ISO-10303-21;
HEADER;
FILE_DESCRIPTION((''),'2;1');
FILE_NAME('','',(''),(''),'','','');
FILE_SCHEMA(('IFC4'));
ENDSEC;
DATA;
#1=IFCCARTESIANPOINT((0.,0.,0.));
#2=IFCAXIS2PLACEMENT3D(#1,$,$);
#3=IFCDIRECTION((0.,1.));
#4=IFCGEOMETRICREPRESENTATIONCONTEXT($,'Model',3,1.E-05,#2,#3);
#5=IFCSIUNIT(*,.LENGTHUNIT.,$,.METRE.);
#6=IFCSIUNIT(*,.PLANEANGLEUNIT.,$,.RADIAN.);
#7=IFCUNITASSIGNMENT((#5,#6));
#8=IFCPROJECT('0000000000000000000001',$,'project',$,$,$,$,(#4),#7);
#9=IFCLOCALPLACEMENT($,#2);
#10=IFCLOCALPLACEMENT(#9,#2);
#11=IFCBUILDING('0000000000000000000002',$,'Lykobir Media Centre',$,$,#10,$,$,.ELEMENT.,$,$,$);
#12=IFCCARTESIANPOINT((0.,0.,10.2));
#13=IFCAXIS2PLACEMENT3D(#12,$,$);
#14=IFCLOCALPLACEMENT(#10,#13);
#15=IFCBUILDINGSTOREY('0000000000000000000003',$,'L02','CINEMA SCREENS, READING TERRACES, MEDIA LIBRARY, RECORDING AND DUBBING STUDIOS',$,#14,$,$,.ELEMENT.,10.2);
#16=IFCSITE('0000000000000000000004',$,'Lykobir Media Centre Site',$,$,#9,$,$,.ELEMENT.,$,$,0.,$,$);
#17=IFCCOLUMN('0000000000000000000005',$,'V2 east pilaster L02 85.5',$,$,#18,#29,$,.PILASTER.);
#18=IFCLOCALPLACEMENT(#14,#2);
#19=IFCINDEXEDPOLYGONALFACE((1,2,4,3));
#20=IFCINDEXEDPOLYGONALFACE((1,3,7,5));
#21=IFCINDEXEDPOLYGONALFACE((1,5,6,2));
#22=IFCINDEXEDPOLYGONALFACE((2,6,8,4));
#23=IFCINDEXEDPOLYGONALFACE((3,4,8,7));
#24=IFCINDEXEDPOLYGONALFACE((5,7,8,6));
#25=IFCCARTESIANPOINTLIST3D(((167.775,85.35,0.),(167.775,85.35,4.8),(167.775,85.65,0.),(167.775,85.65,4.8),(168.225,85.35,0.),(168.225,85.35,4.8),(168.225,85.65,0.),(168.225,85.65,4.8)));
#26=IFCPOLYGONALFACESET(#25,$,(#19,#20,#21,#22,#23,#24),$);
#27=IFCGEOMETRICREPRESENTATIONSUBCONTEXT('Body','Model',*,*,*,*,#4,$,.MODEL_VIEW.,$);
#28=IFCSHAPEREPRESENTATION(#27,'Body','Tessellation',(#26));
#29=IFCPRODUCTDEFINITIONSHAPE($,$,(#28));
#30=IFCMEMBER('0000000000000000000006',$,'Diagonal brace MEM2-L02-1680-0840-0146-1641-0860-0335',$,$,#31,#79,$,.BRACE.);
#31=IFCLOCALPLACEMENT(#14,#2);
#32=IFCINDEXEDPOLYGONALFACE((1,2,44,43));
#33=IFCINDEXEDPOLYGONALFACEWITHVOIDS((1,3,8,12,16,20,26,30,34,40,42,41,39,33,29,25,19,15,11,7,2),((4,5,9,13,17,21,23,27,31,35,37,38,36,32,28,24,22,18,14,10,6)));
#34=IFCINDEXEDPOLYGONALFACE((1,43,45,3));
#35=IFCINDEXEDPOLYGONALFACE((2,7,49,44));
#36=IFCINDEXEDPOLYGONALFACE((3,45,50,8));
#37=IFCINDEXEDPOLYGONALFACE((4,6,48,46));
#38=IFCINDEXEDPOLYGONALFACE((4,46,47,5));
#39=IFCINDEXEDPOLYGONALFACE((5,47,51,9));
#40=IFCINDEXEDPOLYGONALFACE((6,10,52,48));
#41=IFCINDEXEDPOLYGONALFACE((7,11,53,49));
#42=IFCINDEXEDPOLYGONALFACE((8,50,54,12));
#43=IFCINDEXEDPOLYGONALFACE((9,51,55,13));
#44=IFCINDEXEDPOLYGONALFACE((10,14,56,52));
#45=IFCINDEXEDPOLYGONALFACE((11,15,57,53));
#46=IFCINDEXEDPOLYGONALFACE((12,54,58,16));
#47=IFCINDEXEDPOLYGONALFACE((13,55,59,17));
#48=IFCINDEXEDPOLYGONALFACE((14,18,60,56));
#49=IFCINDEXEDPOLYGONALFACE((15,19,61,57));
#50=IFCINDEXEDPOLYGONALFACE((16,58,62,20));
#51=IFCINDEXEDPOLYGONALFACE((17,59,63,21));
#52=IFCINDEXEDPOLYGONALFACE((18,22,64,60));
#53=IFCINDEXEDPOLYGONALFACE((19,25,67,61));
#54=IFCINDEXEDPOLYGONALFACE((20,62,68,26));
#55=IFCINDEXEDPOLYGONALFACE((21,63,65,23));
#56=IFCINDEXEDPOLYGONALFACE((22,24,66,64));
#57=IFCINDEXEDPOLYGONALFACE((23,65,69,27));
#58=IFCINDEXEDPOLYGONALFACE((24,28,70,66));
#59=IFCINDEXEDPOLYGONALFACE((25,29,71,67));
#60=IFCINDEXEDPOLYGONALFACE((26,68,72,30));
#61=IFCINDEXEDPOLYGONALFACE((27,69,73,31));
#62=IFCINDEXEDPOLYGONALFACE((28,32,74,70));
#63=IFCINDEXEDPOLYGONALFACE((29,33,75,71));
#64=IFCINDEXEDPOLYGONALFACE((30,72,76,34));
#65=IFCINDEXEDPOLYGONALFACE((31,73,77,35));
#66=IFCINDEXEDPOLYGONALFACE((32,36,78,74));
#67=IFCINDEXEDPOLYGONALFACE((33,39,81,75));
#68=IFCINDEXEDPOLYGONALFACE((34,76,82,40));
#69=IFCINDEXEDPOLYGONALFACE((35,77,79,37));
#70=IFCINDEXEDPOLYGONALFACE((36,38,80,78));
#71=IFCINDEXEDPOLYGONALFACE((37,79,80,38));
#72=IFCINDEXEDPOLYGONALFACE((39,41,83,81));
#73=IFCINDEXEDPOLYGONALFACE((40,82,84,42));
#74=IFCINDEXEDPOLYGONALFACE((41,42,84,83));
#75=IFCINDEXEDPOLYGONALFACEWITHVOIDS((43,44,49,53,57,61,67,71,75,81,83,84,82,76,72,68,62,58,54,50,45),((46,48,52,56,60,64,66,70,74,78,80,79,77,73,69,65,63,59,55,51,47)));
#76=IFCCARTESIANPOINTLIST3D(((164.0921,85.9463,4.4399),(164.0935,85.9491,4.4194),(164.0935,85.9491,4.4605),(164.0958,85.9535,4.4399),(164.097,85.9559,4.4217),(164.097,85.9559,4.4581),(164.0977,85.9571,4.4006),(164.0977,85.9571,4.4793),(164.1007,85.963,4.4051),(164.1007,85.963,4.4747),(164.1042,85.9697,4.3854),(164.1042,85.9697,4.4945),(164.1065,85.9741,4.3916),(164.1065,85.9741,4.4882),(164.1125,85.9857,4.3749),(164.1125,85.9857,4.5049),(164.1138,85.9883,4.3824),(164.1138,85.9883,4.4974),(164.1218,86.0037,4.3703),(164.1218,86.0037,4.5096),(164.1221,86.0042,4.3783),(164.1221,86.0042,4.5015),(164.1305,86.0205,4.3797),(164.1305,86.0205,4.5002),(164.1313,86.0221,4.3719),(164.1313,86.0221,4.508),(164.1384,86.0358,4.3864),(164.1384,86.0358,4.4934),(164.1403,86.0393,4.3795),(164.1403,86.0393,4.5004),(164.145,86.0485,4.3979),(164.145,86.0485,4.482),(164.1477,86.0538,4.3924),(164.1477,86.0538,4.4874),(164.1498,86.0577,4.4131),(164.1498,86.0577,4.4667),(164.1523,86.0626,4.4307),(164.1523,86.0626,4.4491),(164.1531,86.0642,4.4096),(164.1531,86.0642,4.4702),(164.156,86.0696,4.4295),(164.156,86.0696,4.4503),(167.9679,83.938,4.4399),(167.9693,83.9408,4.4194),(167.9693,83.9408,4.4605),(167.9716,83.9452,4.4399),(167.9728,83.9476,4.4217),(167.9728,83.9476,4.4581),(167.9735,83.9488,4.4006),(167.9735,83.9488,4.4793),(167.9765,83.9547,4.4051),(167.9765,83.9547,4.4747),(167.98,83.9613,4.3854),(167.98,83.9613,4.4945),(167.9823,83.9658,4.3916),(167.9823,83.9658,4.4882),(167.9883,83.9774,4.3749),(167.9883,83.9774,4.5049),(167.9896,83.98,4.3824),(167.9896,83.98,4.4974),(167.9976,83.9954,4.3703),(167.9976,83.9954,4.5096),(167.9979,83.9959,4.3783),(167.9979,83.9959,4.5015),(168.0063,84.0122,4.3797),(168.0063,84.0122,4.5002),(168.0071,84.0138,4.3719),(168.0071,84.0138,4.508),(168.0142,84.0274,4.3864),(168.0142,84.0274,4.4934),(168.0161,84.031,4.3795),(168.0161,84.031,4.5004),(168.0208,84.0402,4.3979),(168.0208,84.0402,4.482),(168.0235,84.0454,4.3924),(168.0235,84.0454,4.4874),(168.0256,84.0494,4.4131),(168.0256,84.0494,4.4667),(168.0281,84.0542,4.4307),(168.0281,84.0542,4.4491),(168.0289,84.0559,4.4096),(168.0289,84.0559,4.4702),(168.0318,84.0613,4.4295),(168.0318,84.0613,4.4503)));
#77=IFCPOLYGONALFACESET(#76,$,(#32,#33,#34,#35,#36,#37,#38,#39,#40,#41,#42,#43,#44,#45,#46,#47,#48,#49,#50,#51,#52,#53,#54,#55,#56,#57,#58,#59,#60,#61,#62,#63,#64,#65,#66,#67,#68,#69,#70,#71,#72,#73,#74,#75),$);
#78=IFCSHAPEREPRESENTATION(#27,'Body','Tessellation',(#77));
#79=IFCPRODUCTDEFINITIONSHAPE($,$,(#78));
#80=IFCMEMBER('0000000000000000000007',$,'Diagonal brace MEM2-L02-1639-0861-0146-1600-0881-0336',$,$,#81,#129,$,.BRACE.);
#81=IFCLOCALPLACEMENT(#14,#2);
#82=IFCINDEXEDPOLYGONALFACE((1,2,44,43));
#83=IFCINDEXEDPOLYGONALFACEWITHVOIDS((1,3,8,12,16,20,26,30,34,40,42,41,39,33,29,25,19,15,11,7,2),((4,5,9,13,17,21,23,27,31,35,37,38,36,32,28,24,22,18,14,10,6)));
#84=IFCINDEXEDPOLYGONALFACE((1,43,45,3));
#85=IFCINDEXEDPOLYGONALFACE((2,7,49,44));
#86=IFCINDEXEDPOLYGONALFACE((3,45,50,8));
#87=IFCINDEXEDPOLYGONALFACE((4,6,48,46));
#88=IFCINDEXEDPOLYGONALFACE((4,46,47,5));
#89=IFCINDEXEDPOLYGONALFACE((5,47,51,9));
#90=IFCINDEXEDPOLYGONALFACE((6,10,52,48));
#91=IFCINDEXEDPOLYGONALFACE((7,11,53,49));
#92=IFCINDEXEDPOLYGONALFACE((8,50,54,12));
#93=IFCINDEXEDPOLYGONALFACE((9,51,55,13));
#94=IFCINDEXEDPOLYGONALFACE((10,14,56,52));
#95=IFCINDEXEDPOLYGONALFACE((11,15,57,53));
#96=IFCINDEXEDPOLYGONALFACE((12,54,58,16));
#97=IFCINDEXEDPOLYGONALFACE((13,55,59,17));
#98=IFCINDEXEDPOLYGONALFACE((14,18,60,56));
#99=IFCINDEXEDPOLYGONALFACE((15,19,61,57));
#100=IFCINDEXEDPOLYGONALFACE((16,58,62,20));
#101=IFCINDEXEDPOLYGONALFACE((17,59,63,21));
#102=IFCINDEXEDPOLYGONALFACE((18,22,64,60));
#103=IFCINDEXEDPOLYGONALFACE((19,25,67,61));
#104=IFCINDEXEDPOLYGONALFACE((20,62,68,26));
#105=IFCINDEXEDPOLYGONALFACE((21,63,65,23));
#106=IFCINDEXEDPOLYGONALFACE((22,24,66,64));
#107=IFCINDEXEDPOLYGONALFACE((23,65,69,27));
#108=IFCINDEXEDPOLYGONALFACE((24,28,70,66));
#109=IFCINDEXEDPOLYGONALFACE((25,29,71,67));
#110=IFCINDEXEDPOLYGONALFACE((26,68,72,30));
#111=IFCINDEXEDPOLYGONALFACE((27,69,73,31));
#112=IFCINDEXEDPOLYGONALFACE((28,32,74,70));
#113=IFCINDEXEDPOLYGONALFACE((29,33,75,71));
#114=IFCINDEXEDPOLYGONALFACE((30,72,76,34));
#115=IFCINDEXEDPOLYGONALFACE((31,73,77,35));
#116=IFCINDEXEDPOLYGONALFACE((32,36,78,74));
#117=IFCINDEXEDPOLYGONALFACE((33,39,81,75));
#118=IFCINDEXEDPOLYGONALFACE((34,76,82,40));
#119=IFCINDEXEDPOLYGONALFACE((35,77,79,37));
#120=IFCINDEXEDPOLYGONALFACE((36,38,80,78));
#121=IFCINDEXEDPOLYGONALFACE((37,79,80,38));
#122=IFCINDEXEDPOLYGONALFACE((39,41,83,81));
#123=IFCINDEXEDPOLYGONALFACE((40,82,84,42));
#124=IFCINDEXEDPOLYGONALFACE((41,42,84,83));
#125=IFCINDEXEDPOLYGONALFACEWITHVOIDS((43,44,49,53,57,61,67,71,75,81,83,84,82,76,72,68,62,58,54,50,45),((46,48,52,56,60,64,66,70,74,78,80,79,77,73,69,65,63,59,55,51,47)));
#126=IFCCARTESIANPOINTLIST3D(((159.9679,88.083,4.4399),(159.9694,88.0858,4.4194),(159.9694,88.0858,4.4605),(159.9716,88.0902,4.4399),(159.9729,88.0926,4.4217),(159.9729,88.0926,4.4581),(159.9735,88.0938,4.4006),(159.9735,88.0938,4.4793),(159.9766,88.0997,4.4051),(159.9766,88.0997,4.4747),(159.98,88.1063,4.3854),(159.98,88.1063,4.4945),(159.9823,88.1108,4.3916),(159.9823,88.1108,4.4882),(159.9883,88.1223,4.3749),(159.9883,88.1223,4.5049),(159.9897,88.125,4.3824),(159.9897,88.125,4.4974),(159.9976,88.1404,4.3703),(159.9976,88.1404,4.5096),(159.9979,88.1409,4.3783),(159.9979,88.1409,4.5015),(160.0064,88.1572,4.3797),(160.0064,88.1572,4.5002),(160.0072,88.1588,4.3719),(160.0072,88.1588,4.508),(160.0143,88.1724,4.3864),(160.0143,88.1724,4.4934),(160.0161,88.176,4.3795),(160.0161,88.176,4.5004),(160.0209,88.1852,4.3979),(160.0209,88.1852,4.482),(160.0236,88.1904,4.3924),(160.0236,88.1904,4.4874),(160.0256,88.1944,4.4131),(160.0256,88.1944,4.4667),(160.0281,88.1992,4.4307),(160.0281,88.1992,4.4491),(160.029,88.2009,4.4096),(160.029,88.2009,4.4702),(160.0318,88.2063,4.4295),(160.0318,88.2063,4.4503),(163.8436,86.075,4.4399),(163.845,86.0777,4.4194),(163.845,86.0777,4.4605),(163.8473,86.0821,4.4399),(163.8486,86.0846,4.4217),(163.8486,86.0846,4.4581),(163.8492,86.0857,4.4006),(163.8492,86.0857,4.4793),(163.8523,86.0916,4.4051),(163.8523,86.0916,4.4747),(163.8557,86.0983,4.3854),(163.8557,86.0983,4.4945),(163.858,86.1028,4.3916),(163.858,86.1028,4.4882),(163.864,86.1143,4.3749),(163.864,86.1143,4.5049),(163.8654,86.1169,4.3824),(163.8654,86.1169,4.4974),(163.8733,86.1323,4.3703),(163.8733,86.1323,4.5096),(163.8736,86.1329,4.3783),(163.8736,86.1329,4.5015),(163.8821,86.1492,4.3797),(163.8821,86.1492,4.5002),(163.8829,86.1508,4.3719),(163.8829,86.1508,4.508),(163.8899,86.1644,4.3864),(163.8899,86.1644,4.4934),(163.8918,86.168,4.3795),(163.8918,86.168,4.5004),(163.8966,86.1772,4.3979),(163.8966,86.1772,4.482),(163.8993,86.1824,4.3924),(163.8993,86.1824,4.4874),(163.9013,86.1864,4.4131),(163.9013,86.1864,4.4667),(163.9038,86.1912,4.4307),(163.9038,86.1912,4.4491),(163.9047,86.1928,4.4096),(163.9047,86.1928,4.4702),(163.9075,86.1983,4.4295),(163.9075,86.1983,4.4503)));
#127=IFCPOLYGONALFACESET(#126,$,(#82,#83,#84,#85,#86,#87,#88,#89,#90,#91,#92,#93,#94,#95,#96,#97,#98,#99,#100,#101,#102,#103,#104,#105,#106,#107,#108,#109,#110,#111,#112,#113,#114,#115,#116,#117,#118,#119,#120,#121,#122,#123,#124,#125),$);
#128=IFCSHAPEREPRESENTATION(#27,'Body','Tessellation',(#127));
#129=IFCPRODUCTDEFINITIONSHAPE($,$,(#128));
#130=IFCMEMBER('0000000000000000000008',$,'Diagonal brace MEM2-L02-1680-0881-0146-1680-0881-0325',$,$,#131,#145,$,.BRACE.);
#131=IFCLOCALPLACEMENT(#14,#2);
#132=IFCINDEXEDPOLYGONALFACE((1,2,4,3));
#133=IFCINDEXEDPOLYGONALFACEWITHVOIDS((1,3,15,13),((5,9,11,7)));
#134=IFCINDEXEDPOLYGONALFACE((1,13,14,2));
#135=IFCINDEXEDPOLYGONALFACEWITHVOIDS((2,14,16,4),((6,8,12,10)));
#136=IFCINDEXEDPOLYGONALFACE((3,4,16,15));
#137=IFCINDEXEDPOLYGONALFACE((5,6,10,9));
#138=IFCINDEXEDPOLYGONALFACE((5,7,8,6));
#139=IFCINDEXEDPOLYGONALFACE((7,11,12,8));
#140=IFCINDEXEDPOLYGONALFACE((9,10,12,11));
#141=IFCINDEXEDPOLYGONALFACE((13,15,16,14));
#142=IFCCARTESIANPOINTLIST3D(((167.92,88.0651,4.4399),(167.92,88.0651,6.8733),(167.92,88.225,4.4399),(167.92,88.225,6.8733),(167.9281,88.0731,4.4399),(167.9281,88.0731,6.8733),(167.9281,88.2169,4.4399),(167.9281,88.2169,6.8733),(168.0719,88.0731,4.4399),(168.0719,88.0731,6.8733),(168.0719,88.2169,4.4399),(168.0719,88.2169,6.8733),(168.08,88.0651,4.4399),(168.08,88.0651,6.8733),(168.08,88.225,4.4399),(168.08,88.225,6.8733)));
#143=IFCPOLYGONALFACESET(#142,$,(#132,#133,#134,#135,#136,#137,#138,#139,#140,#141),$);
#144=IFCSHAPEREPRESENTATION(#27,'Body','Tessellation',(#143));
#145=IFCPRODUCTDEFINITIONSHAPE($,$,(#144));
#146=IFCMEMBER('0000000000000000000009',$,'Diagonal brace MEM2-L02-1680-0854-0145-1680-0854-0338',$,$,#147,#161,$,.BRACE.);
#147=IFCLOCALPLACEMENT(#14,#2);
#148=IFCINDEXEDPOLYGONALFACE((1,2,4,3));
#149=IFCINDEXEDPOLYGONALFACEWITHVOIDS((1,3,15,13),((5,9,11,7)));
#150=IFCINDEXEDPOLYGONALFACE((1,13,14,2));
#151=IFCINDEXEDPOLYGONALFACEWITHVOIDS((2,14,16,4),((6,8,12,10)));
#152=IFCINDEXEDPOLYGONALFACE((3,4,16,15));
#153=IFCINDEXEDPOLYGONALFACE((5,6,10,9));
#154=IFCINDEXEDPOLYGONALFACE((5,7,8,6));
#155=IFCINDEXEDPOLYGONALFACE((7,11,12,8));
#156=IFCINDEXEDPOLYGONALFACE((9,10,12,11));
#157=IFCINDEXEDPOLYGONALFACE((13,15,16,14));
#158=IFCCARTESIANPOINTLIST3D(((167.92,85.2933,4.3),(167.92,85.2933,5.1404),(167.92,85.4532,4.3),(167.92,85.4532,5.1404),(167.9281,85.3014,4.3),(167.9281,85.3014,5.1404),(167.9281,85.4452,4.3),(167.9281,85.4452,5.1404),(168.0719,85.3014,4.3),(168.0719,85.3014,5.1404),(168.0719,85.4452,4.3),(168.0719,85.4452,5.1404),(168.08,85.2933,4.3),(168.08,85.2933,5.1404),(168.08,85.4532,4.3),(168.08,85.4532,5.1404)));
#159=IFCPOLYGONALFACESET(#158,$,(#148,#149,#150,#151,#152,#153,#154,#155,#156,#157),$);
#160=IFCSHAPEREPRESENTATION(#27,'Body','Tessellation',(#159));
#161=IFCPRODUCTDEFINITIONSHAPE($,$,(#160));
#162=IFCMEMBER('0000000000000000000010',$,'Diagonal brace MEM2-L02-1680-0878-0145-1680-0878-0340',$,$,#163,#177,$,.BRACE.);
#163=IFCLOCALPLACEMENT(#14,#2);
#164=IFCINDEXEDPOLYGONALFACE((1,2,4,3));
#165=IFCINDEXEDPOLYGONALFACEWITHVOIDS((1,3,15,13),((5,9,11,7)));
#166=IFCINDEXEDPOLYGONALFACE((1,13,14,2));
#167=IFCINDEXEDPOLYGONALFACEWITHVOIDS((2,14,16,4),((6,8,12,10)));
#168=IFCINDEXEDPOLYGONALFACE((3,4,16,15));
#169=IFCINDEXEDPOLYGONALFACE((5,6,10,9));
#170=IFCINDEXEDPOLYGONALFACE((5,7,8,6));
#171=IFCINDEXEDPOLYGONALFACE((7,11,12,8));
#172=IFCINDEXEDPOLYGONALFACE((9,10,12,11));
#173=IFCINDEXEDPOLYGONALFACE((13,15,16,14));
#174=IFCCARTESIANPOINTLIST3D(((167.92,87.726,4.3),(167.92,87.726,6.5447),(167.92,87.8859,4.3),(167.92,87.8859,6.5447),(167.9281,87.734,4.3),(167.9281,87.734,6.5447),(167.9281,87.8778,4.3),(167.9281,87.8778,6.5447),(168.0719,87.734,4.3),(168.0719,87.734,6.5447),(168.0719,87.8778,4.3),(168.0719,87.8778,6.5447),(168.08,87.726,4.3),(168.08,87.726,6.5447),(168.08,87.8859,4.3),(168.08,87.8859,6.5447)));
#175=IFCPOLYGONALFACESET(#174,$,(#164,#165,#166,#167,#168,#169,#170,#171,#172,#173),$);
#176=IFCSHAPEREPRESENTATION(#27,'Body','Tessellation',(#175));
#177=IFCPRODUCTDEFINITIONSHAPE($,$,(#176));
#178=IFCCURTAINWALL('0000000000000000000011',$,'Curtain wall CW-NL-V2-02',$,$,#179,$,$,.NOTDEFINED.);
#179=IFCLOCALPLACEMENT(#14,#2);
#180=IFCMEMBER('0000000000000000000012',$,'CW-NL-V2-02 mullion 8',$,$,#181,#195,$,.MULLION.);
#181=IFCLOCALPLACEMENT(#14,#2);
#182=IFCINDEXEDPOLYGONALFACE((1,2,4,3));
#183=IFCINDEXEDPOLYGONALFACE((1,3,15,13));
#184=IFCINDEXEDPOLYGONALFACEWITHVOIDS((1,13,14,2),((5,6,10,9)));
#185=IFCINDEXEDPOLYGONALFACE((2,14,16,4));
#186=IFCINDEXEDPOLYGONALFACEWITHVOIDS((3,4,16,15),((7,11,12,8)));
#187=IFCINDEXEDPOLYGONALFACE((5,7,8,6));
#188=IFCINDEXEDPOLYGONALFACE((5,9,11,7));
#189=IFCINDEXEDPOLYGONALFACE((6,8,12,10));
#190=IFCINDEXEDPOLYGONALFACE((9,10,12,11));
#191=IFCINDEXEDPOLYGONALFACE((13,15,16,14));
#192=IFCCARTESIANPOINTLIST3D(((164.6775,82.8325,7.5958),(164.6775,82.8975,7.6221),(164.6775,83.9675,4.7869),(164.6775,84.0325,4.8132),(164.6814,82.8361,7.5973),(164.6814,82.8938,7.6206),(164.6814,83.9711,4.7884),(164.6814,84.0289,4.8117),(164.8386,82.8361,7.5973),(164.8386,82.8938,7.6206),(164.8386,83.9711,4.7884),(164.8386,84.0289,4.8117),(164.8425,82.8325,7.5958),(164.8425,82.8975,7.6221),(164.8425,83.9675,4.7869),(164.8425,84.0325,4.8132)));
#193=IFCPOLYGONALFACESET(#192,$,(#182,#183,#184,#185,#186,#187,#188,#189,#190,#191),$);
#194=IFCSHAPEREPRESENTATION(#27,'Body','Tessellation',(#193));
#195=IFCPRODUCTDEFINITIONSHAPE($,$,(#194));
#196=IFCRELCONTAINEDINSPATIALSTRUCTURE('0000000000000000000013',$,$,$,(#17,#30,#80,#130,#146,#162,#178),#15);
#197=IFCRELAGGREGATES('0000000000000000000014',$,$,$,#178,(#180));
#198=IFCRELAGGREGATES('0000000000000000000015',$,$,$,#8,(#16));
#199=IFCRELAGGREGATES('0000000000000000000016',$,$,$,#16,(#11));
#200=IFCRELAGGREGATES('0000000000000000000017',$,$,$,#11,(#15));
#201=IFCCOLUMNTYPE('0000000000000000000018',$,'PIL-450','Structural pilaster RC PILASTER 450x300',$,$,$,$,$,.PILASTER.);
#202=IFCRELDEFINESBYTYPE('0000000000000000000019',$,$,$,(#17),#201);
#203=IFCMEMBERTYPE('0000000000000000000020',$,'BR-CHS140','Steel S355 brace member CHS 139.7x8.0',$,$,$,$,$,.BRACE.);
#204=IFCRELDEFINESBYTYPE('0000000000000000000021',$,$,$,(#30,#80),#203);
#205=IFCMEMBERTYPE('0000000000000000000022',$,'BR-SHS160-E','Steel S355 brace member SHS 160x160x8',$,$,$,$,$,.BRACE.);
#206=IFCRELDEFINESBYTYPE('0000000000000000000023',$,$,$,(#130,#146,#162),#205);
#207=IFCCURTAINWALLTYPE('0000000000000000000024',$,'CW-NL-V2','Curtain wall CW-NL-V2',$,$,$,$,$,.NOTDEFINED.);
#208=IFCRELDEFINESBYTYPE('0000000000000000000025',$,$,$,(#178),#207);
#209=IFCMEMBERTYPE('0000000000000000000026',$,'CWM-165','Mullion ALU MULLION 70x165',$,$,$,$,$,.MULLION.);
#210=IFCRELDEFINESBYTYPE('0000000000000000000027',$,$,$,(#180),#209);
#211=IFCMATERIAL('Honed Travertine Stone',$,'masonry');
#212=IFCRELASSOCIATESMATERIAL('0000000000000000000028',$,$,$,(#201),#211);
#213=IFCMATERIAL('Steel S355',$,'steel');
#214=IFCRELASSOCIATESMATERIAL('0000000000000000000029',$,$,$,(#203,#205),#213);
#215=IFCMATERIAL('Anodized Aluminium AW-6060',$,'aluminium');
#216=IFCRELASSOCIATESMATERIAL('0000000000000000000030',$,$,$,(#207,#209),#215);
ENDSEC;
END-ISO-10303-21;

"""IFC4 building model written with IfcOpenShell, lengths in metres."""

from ifc_helpers import new_model, si_unit, direction, frame, origin, origin_2d, place, context, subcontext, project, spatial, rectangle, hollow_rectangle, hollow_circle, extrude, material, material_profile, profile_set, type_object, element, aggregate, save


model = new_model("IFC4")

# Units and contexts
model_context = context("Model", 3, precision=1e-05, world=origin(), true_north=direction((0.0, 1.0)))
body_context = subcontext(model_context, "Body", "Model", "MODEL_VIEW")
ifc_project = project(units=[si_unit("LENGTHUNIT", "METRE"), si_unit("PLANEANGLEUNIT", "RADIAN")], contexts=[model_context])

# Site, building, storey
site_placement = place(None, origin())
site = spatial("IfcSite", under=ifc_project, at=site_placement, Name="Lykobir Media Centre Site", CompositionType="ELEMENT", RefElevation=0.0)
building_placement = place(site_placement, origin())
building = spatial("IfcBuilding", under=site, at=building_placement, Name="Lykobir Media Centre", CompositionType="ELEMENT")
storey_placement = place(building_placement, frame((0.0, 0.0, 10.2)))
storey = spatial("IfcBuildingStorey", under=building, at=storey_placement, Name="L02", Description="CINEMA SCREENS, READING TERRACES, MEDIA LIBRARY, RECORDING AND DUBBING STUDIOS", CompositionType="ELEMENT", Elevation=10.2)

# Column
ifc_material_1 = material(Name="Honed Travertine Stone", Category="masonry")
ifc_material_profile_1 = material_profile(ifc_material_1, rectangle(XDim=0.3, YDim=0.45, at=origin_2d()), Name="RC PILASTER 450x300")
ifc_profile_set_1 = profile_set([ifc_material_profile_1], Name="Honed Travertine Stone")
column_type = type_object("IfcColumnType", Name="PIL-450", Description="Structural pilaster RC PILASTER 450x300", PredefinedType="PILASTER", material=ifc_profile_set_1)
column_placement = place(storey_placement, frame((168.0, 85.5, 0.0), z_axis=(0.0, 0.0, 1.0), x_axis=(0.0, 1.0, 0.0)))
element("IfcColumn", 1, at=column_placement, inside=storey, type_object=column_type, Name="V2 east pilaster L02 85.5", PredefinedType="PILASTER", context=body_context, shape_type="SweptSolid", body=[
    extrude(rectangle(XDim=0.3, YDim=0.45, at=origin_2d()), origin(), (0.0, 0.0, 1.0), 4.8),
])

# Members
ifc_material_2 = material(Name="Steel S355", Category="steel")
ifc_material_profile_2 = material_profile(ifc_material_2, hollow_circle(Radius=0.0698, WallThickness=0.0081, at=origin_2d()), Name="CHS 139.7x8.0")
ifc_profile_set_2 = profile_set([ifc_material_profile_2], Name="Steel S355")
member_type_1 = type_object("IfcMemberType", Name="BR-CHS140", Description="Steel S355 brace member CHS 139.7x8.0", PredefinedType="BRACE", material=ifc_profile_set_2)
member_1_placement = place(storey_placement, frame((168.0, 84.0, 4.4399), z_axis=(-0.88788, 0.460076, 0.0), x_axis=(-0.460076, -0.88788, 0.0)))
element("IfcMember", 2, at=member_1_placement, inside=storey, type_object=member_type_1, Name="Diagonal brace MEM2-L02-1680-0840-0146-1641-0860-0335", PredefinedType="BRACE", context=body_context, shape_type="SweptSolid", body=[
    extrude(hollow_circle(Radius=0.0698, WallThickness=0.0081, at=origin_2d()), origin(), (0.0, 0.0, 1.0), 4.3652),
])
member_2_placement = place(storey_placement, frame((163.8757, 86.137, 4.4399), z_axis=(-0.887903, 0.460031, 0.0), x_axis=(-0.460031, -0.887903, 0.0)))
element("IfcMember", 3, at=member_2_placement, inside=storey, type_object=member_type_1, Name="Diagonal brace MEM2-L02-1639-0861-0146-1600-0881-0336", PredefinedType="BRACE", context=body_context, shape_type="SweptSolid", body=[
    extrude(hollow_circle(Radius=0.0698, WallThickness=0.0081, at=origin_2d()), origin(), (0.0, 0.0, 1.0), 4.365),
])
ifc_material_profile_3 = material_profile(ifc_material_2, hollow_rectangle(XDim=0.1599, YDim=0.1599, WallThickness=0.0081, at=origin_2d()), Name="SHS 160x160x8")
ifc_profile_set_3 = profile_set([ifc_material_profile_3], Name="Steel S355")
member_type_2 = type_object("IfcMemberType", Name="BR-SHS160-E", Description="Steel S355 brace member SHS 160x160x8", PredefinedType="BRACE", material=ifc_profile_set_3)
member_3_placement = place(storey_placement, frame((168.0, 88.145, 4.4399), z_axis=(0.0, 0.0, 1.0), x_axis=(1.0, 0.0, 0.0)))
element("IfcMember", 4, at=member_3_placement, inside=storey, type_object=member_type_2, Name="Diagonal brace MEM2-L02-1680-0881-0146-1680-0881-0325", PredefinedType="BRACE", context=body_context, shape_type="SweptSolid", body=[
    extrude(hollow_rectangle(XDim=0.1599, YDim=0.1599, WallThickness=0.0081, at=origin_2d()), origin(), (0.0, 0.0, 1.0), 2.4333),
])
member_4_placement = place(storey_placement, frame((168.0, 85.3733, 4.3), z_axis=(0.0, 0.0, 1.0), x_axis=(1.0, 0.0, 0.0)))
element("IfcMember", 5, at=member_4_placement, inside=storey, type_object=member_type_2, Name="Diagonal brace MEM2-L02-1680-0854-0145-1680-0854-0338", PredefinedType="BRACE", context=body_context, shape_type="SweptSolid", body=[
    extrude(hollow_rectangle(XDim=0.1599, YDim=0.1599, WallThickness=0.0081, at=origin_2d()), origin(), (0.0, 0.0, 1.0), 0.8403),
])
member_5_placement = place(storey_placement, frame((168.0, 87.8059, 4.3), z_axis=(0.0, 0.0, 1.0), x_axis=(1.0, 0.0, 0.0)))
element("IfcMember", 6, at=member_5_placement, inside=storey, type_object=member_type_2, Name="Diagonal brace MEM2-L02-1680-0878-0145-1680-0878-0340", PredefinedType="BRACE", context=body_context, shape_type="SweptSolid", body=[
    extrude(hollow_rectangle(XDim=0.1599, YDim=0.1599, WallThickness=0.0081, at=origin_2d()), origin(), (0.0, 0.0, 1.0), 2.2446),
])

# Curtain wall, member
ifc_material_3 = material(Name="Anodized Aluminium AW-6060", Category="aluminium")
curtain_wall_type = type_object("IfcCurtainWallType", Name="CW-NL-V2", Description="Curtain wall CW-NL-V2", PredefinedType="NOTDEFINED", material=ifc_material_3)
curtain_wall_placement = place(storey_placement, origin())
curtain_wall = element("IfcCurtainWall", 7, at=curtain_wall_placement, inside=storey, type_object=curtain_wall_type, Name="Curtain wall CW-NL-V2-02", PredefinedType="NOTDEFINED")
ifc_material_profile_4 = material_profile(ifc_material_3, hollow_rectangle(XDim=0.0701, YDim=0.165, WallThickness=0.0039, at=origin_2d()), Name="ALU MULLION 70x165")
ifc_profile_set_4 = profile_set([ifc_material_profile_4], Name="Anodized Aluminium AW-6060")
member_type_3 = type_object("IfcMemberType", Name="CWM-165", Description="Mullion ALU MULLION 70x165", PredefinedType="MULLION", material=ifc_profile_set_4)
member_6_placement = place(storey_placement, frame((164.76, 84.0, 4.8), z_axis=(0.0, -0.374654, 0.927165), x_axis=(0.0, 0.927165, 0.374654)))
member_6 = element("IfcMember", 8, at=member_6_placement, type_object=member_type_3, Name="CW-NL-V2-02 mullion 8", PredefinedType="MULLION", context=body_context, shape_type="SweptSolid", body=[
    extrude(hollow_rectangle(XDim=0.0701, YDim=0.165, WallThickness=0.0039, at=origin_2d()), origin(), (0.0, 0.0, 1.0), 3.0295),
])
aggregate(curtain_wall, [member_6])

save(model, "model.ifc")
